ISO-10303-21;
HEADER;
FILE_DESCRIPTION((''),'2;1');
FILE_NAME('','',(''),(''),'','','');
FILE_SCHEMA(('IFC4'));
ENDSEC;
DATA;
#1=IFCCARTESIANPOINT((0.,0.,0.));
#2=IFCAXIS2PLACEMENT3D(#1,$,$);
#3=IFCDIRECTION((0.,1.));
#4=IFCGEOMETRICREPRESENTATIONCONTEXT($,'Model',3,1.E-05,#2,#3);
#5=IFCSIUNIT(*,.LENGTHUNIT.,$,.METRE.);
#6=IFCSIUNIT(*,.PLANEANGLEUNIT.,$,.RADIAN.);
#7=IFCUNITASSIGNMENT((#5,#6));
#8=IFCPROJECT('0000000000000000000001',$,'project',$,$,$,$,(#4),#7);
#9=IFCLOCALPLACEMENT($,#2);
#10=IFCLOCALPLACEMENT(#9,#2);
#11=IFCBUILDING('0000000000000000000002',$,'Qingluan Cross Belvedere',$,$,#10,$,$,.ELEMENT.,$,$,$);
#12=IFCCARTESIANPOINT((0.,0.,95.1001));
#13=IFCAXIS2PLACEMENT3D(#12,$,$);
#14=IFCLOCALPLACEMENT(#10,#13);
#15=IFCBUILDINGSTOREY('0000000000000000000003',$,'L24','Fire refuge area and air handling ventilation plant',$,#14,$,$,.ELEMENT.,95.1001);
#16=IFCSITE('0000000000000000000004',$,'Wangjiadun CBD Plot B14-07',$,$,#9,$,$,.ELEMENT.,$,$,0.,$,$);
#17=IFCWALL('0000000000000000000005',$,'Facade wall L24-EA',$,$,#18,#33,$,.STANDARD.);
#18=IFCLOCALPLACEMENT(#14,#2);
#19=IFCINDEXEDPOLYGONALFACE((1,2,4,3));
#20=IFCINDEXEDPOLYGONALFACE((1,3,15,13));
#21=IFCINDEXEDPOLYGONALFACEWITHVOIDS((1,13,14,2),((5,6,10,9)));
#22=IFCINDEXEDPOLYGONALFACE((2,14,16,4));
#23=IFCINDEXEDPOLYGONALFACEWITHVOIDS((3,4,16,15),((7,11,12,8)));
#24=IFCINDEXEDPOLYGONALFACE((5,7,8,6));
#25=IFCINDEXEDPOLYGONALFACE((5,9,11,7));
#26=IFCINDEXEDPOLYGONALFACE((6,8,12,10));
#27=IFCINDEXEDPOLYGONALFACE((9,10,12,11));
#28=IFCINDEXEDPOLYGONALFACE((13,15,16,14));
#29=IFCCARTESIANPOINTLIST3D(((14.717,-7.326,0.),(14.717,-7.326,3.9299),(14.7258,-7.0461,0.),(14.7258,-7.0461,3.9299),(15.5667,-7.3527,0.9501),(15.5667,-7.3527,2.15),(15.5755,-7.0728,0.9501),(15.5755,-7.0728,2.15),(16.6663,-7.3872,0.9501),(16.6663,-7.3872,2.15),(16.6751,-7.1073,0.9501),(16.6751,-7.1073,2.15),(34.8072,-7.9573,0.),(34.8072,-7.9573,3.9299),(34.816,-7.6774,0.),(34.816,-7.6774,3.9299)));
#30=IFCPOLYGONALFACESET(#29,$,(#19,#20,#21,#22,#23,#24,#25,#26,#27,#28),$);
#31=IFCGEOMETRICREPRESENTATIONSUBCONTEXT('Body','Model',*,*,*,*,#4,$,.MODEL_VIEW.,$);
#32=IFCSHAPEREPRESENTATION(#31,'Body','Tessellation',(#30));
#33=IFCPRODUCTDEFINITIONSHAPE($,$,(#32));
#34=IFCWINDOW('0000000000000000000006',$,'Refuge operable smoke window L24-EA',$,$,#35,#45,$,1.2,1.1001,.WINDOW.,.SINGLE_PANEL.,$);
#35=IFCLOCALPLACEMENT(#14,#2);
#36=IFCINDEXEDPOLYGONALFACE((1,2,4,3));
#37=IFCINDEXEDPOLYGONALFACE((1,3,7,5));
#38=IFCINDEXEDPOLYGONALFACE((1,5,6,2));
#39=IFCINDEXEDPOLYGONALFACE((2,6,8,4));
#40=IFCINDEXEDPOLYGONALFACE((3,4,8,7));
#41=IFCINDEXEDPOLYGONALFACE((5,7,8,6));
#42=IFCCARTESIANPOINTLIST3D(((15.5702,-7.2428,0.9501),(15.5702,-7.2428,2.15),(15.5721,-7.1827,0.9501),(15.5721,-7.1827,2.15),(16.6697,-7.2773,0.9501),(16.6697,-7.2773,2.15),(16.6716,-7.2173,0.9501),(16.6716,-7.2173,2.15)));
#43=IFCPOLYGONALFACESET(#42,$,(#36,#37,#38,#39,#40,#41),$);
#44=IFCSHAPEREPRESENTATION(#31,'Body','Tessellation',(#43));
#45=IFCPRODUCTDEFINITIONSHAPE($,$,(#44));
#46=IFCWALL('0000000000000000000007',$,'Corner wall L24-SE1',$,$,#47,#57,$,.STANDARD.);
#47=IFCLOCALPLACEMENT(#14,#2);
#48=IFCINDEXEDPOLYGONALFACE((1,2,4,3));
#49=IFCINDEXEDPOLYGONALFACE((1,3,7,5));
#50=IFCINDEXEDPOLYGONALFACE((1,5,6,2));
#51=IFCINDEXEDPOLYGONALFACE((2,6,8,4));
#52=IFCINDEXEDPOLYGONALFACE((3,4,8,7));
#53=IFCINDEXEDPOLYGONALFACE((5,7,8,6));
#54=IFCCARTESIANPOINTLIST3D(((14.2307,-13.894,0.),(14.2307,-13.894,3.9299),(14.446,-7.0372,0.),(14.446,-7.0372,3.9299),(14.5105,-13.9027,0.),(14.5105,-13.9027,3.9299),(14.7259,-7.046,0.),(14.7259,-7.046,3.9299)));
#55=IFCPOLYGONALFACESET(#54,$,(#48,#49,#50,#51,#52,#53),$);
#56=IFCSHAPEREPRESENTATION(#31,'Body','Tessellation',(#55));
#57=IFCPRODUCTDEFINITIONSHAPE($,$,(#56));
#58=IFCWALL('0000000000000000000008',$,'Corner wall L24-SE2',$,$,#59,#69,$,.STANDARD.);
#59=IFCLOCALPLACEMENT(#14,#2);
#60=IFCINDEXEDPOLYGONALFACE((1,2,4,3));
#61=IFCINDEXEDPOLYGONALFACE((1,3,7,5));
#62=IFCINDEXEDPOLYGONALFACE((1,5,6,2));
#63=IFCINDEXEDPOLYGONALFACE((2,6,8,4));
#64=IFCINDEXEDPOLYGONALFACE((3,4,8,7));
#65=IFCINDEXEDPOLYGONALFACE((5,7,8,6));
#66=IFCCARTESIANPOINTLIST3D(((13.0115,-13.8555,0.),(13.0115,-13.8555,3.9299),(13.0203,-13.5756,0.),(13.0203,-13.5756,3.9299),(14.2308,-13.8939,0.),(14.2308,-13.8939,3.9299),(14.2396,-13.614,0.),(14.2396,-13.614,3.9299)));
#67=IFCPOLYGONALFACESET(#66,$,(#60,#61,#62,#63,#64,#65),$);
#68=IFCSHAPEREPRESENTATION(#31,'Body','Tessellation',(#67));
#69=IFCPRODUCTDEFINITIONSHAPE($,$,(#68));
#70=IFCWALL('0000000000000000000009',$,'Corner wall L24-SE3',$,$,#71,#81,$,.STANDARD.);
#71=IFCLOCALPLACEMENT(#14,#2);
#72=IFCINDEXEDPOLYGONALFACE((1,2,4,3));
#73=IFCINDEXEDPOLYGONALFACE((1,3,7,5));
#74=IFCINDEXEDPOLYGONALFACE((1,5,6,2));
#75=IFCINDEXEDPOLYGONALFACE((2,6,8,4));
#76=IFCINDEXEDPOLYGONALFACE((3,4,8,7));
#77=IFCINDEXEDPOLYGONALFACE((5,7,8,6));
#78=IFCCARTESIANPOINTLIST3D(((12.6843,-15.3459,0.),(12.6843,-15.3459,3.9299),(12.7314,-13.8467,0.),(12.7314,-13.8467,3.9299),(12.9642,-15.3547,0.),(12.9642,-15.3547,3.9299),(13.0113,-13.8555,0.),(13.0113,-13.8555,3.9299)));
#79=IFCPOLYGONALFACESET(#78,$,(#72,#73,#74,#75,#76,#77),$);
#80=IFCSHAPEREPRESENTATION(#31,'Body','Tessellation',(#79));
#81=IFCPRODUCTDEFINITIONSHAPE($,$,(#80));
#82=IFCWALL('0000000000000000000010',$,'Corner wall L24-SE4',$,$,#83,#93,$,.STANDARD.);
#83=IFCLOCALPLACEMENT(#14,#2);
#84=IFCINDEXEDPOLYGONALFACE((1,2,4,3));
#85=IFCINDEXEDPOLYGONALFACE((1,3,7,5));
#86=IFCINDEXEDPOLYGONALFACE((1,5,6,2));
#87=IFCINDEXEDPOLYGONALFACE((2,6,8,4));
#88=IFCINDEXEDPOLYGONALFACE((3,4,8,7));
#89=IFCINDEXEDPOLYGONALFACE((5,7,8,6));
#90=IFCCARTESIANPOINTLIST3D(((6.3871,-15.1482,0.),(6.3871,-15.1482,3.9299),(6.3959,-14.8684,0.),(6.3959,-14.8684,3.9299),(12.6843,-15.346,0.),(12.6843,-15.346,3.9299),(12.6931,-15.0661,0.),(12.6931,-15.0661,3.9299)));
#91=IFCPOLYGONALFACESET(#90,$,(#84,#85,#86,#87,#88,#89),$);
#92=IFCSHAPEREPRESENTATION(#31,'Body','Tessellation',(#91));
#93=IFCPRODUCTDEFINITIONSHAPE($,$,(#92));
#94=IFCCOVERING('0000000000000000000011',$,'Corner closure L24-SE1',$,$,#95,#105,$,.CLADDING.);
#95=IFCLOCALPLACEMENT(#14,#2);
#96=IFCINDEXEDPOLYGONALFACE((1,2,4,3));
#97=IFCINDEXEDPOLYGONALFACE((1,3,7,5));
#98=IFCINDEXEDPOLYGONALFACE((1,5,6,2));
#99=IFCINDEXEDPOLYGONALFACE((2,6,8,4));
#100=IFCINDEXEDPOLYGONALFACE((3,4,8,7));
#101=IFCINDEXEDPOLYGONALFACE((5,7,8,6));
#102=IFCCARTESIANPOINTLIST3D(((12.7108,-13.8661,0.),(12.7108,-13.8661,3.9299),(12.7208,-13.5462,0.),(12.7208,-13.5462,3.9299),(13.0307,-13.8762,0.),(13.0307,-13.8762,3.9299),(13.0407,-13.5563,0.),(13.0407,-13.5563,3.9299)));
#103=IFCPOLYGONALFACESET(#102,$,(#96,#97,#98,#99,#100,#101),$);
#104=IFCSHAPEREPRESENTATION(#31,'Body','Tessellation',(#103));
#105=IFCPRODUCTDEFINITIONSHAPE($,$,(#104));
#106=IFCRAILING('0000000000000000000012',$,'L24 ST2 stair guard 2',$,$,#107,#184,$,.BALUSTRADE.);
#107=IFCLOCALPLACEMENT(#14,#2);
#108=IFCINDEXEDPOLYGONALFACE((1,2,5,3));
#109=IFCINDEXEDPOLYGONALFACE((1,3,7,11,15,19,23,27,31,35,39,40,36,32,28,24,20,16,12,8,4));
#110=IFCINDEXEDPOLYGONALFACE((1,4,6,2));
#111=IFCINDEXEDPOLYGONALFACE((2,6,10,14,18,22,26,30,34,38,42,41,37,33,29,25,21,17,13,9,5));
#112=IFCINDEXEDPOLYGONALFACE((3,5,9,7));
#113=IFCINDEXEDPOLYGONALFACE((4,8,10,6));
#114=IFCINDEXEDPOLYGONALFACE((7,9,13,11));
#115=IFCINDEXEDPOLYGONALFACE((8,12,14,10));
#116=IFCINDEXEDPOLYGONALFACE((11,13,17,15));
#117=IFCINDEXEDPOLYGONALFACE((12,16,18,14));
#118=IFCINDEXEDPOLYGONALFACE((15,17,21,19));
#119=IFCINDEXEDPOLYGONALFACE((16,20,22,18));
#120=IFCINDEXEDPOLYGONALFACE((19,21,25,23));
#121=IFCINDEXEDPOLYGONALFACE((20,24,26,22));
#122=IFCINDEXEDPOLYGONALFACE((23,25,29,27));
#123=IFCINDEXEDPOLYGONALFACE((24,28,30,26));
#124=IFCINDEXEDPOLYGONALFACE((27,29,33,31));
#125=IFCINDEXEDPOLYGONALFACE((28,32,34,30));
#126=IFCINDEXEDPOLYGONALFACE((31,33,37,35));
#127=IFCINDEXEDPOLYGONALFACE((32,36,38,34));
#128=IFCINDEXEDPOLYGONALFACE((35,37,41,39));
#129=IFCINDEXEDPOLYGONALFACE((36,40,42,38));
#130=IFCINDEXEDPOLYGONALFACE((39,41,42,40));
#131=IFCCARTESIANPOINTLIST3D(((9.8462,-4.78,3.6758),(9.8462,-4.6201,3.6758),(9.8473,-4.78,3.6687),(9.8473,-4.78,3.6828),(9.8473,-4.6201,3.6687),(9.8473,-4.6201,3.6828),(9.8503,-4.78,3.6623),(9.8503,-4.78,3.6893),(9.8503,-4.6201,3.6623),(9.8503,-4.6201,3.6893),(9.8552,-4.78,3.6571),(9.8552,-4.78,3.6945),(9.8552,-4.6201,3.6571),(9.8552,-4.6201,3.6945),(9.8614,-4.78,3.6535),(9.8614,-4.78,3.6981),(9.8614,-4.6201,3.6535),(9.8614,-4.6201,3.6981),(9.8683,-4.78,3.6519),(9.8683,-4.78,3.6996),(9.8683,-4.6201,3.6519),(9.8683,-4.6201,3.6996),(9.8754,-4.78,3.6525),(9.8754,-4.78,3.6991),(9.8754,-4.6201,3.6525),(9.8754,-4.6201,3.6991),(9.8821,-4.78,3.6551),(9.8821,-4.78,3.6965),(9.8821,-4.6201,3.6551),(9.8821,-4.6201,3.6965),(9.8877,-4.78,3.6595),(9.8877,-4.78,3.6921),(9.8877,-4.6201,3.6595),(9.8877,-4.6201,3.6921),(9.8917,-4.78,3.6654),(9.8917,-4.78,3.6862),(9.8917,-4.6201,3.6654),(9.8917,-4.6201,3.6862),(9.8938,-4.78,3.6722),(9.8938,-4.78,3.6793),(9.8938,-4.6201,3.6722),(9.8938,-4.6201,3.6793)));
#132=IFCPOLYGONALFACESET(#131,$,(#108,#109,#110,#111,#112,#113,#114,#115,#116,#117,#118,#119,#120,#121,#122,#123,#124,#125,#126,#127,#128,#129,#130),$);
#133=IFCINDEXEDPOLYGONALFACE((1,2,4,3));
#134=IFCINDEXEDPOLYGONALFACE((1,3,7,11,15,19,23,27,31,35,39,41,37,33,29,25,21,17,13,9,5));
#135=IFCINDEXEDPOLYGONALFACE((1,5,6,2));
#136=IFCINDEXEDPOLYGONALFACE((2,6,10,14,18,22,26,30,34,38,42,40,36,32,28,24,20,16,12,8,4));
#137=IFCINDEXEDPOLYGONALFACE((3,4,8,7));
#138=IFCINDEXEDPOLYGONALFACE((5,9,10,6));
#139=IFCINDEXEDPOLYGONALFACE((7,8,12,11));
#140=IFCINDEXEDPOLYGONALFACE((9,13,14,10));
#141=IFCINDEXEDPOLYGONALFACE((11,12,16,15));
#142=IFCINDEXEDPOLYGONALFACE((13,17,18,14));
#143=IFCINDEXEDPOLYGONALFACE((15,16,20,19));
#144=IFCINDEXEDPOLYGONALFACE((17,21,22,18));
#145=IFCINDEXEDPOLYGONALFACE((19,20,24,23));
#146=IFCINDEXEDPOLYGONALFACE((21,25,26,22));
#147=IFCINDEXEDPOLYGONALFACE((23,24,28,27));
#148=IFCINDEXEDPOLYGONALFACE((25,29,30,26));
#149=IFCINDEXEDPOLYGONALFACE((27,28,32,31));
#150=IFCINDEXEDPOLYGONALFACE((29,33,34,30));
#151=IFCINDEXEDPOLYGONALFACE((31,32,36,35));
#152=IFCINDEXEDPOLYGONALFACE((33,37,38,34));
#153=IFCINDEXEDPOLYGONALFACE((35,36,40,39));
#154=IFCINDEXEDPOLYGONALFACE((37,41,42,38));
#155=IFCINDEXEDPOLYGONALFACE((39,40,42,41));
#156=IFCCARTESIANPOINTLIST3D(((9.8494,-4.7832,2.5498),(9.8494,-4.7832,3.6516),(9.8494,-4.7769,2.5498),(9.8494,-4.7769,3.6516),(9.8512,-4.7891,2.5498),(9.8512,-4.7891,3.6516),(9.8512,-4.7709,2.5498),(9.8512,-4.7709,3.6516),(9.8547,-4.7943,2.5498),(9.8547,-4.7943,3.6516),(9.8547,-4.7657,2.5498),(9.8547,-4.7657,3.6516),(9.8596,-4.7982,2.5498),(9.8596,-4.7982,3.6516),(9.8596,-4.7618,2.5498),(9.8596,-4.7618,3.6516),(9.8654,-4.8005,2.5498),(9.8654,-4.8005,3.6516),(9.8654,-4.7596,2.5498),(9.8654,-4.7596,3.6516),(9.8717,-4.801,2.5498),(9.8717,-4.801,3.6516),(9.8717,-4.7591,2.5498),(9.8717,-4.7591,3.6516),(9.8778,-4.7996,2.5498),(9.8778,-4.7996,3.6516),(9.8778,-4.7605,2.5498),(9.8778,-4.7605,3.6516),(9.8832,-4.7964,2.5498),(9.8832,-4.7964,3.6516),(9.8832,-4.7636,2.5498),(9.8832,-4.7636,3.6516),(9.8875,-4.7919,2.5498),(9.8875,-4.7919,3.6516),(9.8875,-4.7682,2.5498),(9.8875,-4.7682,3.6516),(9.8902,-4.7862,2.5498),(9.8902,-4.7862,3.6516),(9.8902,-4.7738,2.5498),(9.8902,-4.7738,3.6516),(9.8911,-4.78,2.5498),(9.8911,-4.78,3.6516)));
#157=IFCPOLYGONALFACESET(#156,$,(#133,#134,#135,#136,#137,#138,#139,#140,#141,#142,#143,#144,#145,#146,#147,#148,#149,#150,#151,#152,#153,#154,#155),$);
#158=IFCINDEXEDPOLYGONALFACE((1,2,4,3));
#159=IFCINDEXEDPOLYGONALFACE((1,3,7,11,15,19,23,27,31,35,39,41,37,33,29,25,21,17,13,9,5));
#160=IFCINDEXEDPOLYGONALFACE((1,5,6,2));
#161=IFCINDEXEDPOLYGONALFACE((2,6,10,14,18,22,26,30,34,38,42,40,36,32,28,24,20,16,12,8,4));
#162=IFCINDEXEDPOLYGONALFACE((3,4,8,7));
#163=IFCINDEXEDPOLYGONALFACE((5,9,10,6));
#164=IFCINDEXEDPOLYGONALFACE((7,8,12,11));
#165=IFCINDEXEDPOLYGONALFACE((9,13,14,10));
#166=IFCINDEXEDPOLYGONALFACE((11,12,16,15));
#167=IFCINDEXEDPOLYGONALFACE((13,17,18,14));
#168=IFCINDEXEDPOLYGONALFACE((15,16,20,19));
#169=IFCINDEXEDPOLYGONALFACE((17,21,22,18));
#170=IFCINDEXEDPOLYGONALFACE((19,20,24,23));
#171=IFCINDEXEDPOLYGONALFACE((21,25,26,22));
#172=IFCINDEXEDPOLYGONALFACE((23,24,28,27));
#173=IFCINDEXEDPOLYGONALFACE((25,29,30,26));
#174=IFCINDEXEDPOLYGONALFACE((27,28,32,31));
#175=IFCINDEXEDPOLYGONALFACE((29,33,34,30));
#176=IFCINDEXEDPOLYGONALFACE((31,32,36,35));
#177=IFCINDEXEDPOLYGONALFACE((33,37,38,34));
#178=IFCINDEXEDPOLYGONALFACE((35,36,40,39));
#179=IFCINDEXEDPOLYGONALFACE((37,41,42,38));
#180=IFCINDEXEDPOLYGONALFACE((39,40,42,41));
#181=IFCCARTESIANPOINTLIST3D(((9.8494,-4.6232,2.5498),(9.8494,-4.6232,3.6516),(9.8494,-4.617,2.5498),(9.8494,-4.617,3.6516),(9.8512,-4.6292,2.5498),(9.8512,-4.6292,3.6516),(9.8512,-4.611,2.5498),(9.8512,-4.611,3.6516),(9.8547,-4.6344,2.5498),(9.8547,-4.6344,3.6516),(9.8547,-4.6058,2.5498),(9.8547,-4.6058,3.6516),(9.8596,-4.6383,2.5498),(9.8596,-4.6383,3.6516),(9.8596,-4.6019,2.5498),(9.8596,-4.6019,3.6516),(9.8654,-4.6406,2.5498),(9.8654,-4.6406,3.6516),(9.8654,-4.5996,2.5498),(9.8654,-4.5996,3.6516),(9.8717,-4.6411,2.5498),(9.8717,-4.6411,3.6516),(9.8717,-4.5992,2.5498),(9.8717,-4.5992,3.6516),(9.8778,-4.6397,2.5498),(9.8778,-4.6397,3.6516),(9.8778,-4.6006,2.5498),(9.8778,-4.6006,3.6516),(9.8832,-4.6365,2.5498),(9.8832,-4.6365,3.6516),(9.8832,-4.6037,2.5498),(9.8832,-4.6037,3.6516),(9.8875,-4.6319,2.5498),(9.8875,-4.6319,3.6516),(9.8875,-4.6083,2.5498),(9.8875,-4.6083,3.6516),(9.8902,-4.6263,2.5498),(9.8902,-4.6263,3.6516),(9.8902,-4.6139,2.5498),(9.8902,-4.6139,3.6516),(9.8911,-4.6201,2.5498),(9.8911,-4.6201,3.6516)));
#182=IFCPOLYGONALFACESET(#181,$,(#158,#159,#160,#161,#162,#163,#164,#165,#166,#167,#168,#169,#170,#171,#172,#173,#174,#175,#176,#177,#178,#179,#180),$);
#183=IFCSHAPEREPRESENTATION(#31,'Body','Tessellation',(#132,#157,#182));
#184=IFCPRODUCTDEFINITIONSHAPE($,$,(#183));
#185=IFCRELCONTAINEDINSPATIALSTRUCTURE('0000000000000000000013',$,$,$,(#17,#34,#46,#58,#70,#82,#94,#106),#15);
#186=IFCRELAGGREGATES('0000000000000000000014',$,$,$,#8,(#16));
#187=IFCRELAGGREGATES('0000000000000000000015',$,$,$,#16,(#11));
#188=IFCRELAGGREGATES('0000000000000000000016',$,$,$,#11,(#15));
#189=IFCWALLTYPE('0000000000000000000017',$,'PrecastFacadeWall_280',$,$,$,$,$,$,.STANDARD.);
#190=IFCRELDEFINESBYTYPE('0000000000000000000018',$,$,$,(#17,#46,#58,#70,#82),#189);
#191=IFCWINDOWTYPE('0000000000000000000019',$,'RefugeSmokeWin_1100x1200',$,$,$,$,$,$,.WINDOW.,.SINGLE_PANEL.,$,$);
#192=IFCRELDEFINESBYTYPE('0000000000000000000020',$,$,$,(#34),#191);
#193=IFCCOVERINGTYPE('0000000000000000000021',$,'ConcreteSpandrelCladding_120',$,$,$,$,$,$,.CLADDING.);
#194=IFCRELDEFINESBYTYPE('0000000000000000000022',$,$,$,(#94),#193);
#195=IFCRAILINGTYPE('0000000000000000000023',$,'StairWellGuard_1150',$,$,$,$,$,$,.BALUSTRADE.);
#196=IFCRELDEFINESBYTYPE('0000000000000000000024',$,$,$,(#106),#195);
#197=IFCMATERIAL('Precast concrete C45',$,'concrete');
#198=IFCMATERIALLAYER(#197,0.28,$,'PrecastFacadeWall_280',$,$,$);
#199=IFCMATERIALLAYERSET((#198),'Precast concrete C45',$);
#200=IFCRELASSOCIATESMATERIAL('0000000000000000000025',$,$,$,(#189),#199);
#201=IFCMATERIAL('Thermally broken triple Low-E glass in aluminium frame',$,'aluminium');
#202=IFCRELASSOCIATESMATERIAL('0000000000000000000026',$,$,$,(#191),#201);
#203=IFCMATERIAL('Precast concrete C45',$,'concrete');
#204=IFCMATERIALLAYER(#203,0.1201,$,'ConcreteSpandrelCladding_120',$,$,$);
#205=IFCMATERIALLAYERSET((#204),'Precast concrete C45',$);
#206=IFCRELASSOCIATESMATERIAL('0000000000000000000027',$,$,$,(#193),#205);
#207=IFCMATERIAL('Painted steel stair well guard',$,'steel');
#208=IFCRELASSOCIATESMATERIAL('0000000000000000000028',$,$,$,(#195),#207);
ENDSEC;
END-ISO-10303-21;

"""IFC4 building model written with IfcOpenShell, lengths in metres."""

from ifc_helpers import new_model, si_unit, direction, frame, frame_2d, origin, origin_2d, place, context, subcontext, project, spatial, rectangle, circle, extrude, material, layer, layer_set, type_object, element, fill, save


model = new_model("IFC4")

# Units and contexts
model_context = context("Model", 3, precision=1e-05, world=origin(), true_north=direction((0.0, 1.0)))
body_context = subcontext(model_context, "Body", "Model", "MODEL_VIEW")
ifc_project = project(units=[si_unit("LENGTHUNIT", "METRE"), si_unit("PLANEANGLEUNIT", "RADIAN")], contexts=[model_context])

# Site, building, storey
site_placement = place(None, origin())
site = spatial("IfcSite", under=ifc_project, at=site_placement, Name="Wangjiadun CBD Plot B14-07", CompositionType="ELEMENT", RefElevation=0.0)
building_placement = place(site_placement, origin())
building = spatial("IfcBuilding", under=site, at=building_placement, Name="Qingluan Cross Belvedere", CompositionType="ELEMENT")
storey_placement = place(building_placement, frame((0.0, 0.0, 95.1001)))
storey = spatial("IfcBuildingStorey", under=building, at=storey_placement, Name="L24", Description="Fire refuge area and air handling ventilation plant", CompositionType="ELEMENT", Elevation=95.1001)

# Wall, opening, window
ifc_material_1 = material(Name="Precast concrete C45", Category="concrete")
ifc_layer_1 = layer(ifc_material_1, 0.28, Name="PrecastFacadeWall_280")
ifc_layer_set_1 = layer_set([ifc_layer_1], Name="Precast concrete C45")
wall_type_1 = type_object("IfcWallType", Name="PrecastFacadeWall_280", PredefinedType="STANDARD", material=ifc_layer_set_1)
wall_1_placement = place(storey_placement, frame((14.7214, -7.186, 0.0), z_axis=(0.0, 0.0, 1.0), x_axis=(0.999507, -0.03141, 0.0)))
wall_1 = element("IfcWall", 1, at=wall_1_placement, inside=storey, type_object=wall_type_1, Name="Facade wall L24-EA", PredefinedType="STANDARD", context=body_context, shape_type="SweptSolid", body=[
    extrude(rectangle(XDim=20.1001, YDim=0.28, at=frame_2d((10.05, 0.0))), origin(), (0.0, 0.0, 1.0), 3.9299),
])
opening_placement = place(wall_1_placement, frame((0.8501, 0.0, 0.95)))
opening = element("IfcOpeningElement", 2, at=opening_placement, cuts=wall_1, PredefinedType="OPENING", context=body_context, shape_type="SweptSolid", body=[
    extrude(rectangle(XDim=1.1001, YDim=1.2, at=frame_2d((0.55, 0.6001))), frame((0.0, 0.1499, 0.0), z_axis=(0.0, -1.0, 0.0), x_axis=(1.0, 0.0, 0.0)), (0.0, 0.0, 1.0), 0.3),
])
ifc_material_2 = material(Name="Thermally broken triple Low-E glass in aluminium frame", Category="aluminium")
window_type = type_object("IfcWindowType", Name="RefugeSmokeWin_1100x1200", PartitioningType="SINGLE_PANEL", PredefinedType="WINDOW", material=ifc_material_2)
window_placement = place(opening_placement, origin())
window = element("IfcWindow", 3, at=window_placement, inside=storey, type_object=window_type, Name="Refuge operable smoke window L24-EA", OverallHeight=1.2, OverallWidth=1.1001, PartitioningType="SINGLE_PANEL", PredefinedType="WINDOW", context=body_context, shape_type="SweptSolid", body=[
    extrude(rectangle(XDim=1.1001, YDim=1.2, at=frame_2d((0.55, 0.6001))), frame((0.0, 0.03, 0.0), z_axis=(0.0, -1.0, 0.0), x_axis=(1.0, 0.0, 0.0)), (0.0, 0.0, 1.0), 0.0601),
])
fill(opening, window)

# Walls
wall_2_placement = place(storey_placement, frame((14.5859, -7.0415, 0.0), z_axis=(0.0, 0.0, 1.0), x_axis=(-0.031389, -0.999507, 0.0)))
element("IfcWall", 4, at=wall_2_placement, inside=storey, type_object=wall_type_1, Name="Corner wall L24-SE1", PredefinedType="STANDARD", context=body_context, shape_type="SweptSolid", body=[
    extrude(rectangle(XDim=6.8601, YDim=0.28, at=frame_2d((3.4302, 0.0))), origin(), (0.0, 0.0, 1.0), 3.9299),
])
wall_3_placement = place(storey_placement, frame((14.2351, -13.7539, 0.0), z_axis=(0.0, 0.0, 1.0), x_axis=(-0.999506, 0.031416, 0.0)))
element("IfcWall", 5, at=wall_3_placement, inside=storey, type_object=wall_type_1, Name="Corner wall L24-SE2", PredefinedType="STANDARD", context=body_context, shape_type="SweptSolid", body=[
    extrude(rectangle(XDim=1.22, YDim=0.28, at=frame_2d((0.6099, 0.0))), origin(), (0.0, 0.0, 1.0), 3.9299),
])
wall_4_placement = place(storey_placement, frame((12.8713, -13.8511, 0.0), z_axis=(0.0, 0.0, 1.0), x_axis=(-0.031413, -0.999507, 0.0)))
element("IfcWall", 6, at=wall_4_placement, inside=storey, type_object=wall_type_1, Name="Corner wall L24-SE3", PredefinedType="STANDARD", context=body_context, shape_type="SweptSolid", body=[
    extrude(rectangle(XDim=1.5, YDim=0.28, at=frame_2d((0.75, 0.0))), origin(), (0.0, 0.0, 1.0), 3.9299),
])
wall_5_placement = place(storey_placement, frame((12.6887, -15.2061, 0.0), z_axis=(0.0, 0.0, 1.0), x_axis=(-0.999507, 0.031388, 0.0)))
element("IfcWall", 7, at=wall_5_placement, inside=storey, type_object=wall_type_1, Name="Corner wall L24-SE4", PredefinedType="STANDARD", context=body_context, shape_type="SweptSolid", body=[
    extrude(rectangle(XDim=6.3003, YDim=0.28, at=frame_2d((3.1501, 0.0))), origin(), (0.0, 0.0, 1.0), 3.9299),
])

# Covering
ifc_material_3 = material(Name="Precast concrete C45", Category="concrete")
ifc_layer_2 = layer(ifc_material_3, 0.1201, Name="ConcreteSpandrelCladding_120")
ifc_layer_set_2 = layer_set([ifc_layer_2], Name="Precast concrete C45")
covering_type = type_object("IfcCoveringType", Name="ConcreteSpandrelCladding_120", PredefinedType="CLADDING", material=ifc_layer_set_2)
covering_placement = place(storey_placement, frame((12.8757, -13.7112, 0.0), z_axis=(0.0, 0.0, 1.0), x_axis=(0.999507, -0.031411, 0.0)))
element("IfcCovering", 8, at=covering_placement, inside=storey, type_object=covering_type, Name="Corner closure L24-SE1", PredefinedType="CLADDING", context=body_context, shape_type="SweptSolid", body=[
    extrude(rectangle(XDim=0.3201, YDim=0.3201, at=origin_2d()), origin(), (0.0, 0.0, 1.0), 3.9299),
])

# Railing
ifc_material_4 = material(Name="Painted steel stair well guard", Category="steel")
railing_type = type_object("IfcRailingType", Name="StairWellGuard_1150", PredefinedType="BALUSTRADE", material=ifc_material_4)
railing_1_placement = place(storey_placement, frame((9.8701, -4.78, 2.5498)))
element("IfcRailing", 9, at=railing_1_placement, inside=storey, type_object=railing_type, Name="L24 ST2 stair guard 2", PredefinedType="BALUSTRADE", context=body_context, shape_type="SweptSolid", body=[
    extrude(circle(Radius=0.0239, at=origin_2d()), frame((0.0, 0.0, 1.126), z_axis=(0.0, 1.0, 0.0), x_axis=(-1.0, 0.0, 0.0)), (0.0, 0.0, 1.0), 0.1599),
    extrude(circle(Radius=0.021, at=origin_2d()), origin(), (0.0, 0.0, 1.0), 1.1018),
    extrude(circle(Radius=0.021, at=origin_2d()), frame((0.0, 0.1599, 0.0)), (0.0, 0.0, 1.0), 1.1018),
])

save(model, "model.ifc")
